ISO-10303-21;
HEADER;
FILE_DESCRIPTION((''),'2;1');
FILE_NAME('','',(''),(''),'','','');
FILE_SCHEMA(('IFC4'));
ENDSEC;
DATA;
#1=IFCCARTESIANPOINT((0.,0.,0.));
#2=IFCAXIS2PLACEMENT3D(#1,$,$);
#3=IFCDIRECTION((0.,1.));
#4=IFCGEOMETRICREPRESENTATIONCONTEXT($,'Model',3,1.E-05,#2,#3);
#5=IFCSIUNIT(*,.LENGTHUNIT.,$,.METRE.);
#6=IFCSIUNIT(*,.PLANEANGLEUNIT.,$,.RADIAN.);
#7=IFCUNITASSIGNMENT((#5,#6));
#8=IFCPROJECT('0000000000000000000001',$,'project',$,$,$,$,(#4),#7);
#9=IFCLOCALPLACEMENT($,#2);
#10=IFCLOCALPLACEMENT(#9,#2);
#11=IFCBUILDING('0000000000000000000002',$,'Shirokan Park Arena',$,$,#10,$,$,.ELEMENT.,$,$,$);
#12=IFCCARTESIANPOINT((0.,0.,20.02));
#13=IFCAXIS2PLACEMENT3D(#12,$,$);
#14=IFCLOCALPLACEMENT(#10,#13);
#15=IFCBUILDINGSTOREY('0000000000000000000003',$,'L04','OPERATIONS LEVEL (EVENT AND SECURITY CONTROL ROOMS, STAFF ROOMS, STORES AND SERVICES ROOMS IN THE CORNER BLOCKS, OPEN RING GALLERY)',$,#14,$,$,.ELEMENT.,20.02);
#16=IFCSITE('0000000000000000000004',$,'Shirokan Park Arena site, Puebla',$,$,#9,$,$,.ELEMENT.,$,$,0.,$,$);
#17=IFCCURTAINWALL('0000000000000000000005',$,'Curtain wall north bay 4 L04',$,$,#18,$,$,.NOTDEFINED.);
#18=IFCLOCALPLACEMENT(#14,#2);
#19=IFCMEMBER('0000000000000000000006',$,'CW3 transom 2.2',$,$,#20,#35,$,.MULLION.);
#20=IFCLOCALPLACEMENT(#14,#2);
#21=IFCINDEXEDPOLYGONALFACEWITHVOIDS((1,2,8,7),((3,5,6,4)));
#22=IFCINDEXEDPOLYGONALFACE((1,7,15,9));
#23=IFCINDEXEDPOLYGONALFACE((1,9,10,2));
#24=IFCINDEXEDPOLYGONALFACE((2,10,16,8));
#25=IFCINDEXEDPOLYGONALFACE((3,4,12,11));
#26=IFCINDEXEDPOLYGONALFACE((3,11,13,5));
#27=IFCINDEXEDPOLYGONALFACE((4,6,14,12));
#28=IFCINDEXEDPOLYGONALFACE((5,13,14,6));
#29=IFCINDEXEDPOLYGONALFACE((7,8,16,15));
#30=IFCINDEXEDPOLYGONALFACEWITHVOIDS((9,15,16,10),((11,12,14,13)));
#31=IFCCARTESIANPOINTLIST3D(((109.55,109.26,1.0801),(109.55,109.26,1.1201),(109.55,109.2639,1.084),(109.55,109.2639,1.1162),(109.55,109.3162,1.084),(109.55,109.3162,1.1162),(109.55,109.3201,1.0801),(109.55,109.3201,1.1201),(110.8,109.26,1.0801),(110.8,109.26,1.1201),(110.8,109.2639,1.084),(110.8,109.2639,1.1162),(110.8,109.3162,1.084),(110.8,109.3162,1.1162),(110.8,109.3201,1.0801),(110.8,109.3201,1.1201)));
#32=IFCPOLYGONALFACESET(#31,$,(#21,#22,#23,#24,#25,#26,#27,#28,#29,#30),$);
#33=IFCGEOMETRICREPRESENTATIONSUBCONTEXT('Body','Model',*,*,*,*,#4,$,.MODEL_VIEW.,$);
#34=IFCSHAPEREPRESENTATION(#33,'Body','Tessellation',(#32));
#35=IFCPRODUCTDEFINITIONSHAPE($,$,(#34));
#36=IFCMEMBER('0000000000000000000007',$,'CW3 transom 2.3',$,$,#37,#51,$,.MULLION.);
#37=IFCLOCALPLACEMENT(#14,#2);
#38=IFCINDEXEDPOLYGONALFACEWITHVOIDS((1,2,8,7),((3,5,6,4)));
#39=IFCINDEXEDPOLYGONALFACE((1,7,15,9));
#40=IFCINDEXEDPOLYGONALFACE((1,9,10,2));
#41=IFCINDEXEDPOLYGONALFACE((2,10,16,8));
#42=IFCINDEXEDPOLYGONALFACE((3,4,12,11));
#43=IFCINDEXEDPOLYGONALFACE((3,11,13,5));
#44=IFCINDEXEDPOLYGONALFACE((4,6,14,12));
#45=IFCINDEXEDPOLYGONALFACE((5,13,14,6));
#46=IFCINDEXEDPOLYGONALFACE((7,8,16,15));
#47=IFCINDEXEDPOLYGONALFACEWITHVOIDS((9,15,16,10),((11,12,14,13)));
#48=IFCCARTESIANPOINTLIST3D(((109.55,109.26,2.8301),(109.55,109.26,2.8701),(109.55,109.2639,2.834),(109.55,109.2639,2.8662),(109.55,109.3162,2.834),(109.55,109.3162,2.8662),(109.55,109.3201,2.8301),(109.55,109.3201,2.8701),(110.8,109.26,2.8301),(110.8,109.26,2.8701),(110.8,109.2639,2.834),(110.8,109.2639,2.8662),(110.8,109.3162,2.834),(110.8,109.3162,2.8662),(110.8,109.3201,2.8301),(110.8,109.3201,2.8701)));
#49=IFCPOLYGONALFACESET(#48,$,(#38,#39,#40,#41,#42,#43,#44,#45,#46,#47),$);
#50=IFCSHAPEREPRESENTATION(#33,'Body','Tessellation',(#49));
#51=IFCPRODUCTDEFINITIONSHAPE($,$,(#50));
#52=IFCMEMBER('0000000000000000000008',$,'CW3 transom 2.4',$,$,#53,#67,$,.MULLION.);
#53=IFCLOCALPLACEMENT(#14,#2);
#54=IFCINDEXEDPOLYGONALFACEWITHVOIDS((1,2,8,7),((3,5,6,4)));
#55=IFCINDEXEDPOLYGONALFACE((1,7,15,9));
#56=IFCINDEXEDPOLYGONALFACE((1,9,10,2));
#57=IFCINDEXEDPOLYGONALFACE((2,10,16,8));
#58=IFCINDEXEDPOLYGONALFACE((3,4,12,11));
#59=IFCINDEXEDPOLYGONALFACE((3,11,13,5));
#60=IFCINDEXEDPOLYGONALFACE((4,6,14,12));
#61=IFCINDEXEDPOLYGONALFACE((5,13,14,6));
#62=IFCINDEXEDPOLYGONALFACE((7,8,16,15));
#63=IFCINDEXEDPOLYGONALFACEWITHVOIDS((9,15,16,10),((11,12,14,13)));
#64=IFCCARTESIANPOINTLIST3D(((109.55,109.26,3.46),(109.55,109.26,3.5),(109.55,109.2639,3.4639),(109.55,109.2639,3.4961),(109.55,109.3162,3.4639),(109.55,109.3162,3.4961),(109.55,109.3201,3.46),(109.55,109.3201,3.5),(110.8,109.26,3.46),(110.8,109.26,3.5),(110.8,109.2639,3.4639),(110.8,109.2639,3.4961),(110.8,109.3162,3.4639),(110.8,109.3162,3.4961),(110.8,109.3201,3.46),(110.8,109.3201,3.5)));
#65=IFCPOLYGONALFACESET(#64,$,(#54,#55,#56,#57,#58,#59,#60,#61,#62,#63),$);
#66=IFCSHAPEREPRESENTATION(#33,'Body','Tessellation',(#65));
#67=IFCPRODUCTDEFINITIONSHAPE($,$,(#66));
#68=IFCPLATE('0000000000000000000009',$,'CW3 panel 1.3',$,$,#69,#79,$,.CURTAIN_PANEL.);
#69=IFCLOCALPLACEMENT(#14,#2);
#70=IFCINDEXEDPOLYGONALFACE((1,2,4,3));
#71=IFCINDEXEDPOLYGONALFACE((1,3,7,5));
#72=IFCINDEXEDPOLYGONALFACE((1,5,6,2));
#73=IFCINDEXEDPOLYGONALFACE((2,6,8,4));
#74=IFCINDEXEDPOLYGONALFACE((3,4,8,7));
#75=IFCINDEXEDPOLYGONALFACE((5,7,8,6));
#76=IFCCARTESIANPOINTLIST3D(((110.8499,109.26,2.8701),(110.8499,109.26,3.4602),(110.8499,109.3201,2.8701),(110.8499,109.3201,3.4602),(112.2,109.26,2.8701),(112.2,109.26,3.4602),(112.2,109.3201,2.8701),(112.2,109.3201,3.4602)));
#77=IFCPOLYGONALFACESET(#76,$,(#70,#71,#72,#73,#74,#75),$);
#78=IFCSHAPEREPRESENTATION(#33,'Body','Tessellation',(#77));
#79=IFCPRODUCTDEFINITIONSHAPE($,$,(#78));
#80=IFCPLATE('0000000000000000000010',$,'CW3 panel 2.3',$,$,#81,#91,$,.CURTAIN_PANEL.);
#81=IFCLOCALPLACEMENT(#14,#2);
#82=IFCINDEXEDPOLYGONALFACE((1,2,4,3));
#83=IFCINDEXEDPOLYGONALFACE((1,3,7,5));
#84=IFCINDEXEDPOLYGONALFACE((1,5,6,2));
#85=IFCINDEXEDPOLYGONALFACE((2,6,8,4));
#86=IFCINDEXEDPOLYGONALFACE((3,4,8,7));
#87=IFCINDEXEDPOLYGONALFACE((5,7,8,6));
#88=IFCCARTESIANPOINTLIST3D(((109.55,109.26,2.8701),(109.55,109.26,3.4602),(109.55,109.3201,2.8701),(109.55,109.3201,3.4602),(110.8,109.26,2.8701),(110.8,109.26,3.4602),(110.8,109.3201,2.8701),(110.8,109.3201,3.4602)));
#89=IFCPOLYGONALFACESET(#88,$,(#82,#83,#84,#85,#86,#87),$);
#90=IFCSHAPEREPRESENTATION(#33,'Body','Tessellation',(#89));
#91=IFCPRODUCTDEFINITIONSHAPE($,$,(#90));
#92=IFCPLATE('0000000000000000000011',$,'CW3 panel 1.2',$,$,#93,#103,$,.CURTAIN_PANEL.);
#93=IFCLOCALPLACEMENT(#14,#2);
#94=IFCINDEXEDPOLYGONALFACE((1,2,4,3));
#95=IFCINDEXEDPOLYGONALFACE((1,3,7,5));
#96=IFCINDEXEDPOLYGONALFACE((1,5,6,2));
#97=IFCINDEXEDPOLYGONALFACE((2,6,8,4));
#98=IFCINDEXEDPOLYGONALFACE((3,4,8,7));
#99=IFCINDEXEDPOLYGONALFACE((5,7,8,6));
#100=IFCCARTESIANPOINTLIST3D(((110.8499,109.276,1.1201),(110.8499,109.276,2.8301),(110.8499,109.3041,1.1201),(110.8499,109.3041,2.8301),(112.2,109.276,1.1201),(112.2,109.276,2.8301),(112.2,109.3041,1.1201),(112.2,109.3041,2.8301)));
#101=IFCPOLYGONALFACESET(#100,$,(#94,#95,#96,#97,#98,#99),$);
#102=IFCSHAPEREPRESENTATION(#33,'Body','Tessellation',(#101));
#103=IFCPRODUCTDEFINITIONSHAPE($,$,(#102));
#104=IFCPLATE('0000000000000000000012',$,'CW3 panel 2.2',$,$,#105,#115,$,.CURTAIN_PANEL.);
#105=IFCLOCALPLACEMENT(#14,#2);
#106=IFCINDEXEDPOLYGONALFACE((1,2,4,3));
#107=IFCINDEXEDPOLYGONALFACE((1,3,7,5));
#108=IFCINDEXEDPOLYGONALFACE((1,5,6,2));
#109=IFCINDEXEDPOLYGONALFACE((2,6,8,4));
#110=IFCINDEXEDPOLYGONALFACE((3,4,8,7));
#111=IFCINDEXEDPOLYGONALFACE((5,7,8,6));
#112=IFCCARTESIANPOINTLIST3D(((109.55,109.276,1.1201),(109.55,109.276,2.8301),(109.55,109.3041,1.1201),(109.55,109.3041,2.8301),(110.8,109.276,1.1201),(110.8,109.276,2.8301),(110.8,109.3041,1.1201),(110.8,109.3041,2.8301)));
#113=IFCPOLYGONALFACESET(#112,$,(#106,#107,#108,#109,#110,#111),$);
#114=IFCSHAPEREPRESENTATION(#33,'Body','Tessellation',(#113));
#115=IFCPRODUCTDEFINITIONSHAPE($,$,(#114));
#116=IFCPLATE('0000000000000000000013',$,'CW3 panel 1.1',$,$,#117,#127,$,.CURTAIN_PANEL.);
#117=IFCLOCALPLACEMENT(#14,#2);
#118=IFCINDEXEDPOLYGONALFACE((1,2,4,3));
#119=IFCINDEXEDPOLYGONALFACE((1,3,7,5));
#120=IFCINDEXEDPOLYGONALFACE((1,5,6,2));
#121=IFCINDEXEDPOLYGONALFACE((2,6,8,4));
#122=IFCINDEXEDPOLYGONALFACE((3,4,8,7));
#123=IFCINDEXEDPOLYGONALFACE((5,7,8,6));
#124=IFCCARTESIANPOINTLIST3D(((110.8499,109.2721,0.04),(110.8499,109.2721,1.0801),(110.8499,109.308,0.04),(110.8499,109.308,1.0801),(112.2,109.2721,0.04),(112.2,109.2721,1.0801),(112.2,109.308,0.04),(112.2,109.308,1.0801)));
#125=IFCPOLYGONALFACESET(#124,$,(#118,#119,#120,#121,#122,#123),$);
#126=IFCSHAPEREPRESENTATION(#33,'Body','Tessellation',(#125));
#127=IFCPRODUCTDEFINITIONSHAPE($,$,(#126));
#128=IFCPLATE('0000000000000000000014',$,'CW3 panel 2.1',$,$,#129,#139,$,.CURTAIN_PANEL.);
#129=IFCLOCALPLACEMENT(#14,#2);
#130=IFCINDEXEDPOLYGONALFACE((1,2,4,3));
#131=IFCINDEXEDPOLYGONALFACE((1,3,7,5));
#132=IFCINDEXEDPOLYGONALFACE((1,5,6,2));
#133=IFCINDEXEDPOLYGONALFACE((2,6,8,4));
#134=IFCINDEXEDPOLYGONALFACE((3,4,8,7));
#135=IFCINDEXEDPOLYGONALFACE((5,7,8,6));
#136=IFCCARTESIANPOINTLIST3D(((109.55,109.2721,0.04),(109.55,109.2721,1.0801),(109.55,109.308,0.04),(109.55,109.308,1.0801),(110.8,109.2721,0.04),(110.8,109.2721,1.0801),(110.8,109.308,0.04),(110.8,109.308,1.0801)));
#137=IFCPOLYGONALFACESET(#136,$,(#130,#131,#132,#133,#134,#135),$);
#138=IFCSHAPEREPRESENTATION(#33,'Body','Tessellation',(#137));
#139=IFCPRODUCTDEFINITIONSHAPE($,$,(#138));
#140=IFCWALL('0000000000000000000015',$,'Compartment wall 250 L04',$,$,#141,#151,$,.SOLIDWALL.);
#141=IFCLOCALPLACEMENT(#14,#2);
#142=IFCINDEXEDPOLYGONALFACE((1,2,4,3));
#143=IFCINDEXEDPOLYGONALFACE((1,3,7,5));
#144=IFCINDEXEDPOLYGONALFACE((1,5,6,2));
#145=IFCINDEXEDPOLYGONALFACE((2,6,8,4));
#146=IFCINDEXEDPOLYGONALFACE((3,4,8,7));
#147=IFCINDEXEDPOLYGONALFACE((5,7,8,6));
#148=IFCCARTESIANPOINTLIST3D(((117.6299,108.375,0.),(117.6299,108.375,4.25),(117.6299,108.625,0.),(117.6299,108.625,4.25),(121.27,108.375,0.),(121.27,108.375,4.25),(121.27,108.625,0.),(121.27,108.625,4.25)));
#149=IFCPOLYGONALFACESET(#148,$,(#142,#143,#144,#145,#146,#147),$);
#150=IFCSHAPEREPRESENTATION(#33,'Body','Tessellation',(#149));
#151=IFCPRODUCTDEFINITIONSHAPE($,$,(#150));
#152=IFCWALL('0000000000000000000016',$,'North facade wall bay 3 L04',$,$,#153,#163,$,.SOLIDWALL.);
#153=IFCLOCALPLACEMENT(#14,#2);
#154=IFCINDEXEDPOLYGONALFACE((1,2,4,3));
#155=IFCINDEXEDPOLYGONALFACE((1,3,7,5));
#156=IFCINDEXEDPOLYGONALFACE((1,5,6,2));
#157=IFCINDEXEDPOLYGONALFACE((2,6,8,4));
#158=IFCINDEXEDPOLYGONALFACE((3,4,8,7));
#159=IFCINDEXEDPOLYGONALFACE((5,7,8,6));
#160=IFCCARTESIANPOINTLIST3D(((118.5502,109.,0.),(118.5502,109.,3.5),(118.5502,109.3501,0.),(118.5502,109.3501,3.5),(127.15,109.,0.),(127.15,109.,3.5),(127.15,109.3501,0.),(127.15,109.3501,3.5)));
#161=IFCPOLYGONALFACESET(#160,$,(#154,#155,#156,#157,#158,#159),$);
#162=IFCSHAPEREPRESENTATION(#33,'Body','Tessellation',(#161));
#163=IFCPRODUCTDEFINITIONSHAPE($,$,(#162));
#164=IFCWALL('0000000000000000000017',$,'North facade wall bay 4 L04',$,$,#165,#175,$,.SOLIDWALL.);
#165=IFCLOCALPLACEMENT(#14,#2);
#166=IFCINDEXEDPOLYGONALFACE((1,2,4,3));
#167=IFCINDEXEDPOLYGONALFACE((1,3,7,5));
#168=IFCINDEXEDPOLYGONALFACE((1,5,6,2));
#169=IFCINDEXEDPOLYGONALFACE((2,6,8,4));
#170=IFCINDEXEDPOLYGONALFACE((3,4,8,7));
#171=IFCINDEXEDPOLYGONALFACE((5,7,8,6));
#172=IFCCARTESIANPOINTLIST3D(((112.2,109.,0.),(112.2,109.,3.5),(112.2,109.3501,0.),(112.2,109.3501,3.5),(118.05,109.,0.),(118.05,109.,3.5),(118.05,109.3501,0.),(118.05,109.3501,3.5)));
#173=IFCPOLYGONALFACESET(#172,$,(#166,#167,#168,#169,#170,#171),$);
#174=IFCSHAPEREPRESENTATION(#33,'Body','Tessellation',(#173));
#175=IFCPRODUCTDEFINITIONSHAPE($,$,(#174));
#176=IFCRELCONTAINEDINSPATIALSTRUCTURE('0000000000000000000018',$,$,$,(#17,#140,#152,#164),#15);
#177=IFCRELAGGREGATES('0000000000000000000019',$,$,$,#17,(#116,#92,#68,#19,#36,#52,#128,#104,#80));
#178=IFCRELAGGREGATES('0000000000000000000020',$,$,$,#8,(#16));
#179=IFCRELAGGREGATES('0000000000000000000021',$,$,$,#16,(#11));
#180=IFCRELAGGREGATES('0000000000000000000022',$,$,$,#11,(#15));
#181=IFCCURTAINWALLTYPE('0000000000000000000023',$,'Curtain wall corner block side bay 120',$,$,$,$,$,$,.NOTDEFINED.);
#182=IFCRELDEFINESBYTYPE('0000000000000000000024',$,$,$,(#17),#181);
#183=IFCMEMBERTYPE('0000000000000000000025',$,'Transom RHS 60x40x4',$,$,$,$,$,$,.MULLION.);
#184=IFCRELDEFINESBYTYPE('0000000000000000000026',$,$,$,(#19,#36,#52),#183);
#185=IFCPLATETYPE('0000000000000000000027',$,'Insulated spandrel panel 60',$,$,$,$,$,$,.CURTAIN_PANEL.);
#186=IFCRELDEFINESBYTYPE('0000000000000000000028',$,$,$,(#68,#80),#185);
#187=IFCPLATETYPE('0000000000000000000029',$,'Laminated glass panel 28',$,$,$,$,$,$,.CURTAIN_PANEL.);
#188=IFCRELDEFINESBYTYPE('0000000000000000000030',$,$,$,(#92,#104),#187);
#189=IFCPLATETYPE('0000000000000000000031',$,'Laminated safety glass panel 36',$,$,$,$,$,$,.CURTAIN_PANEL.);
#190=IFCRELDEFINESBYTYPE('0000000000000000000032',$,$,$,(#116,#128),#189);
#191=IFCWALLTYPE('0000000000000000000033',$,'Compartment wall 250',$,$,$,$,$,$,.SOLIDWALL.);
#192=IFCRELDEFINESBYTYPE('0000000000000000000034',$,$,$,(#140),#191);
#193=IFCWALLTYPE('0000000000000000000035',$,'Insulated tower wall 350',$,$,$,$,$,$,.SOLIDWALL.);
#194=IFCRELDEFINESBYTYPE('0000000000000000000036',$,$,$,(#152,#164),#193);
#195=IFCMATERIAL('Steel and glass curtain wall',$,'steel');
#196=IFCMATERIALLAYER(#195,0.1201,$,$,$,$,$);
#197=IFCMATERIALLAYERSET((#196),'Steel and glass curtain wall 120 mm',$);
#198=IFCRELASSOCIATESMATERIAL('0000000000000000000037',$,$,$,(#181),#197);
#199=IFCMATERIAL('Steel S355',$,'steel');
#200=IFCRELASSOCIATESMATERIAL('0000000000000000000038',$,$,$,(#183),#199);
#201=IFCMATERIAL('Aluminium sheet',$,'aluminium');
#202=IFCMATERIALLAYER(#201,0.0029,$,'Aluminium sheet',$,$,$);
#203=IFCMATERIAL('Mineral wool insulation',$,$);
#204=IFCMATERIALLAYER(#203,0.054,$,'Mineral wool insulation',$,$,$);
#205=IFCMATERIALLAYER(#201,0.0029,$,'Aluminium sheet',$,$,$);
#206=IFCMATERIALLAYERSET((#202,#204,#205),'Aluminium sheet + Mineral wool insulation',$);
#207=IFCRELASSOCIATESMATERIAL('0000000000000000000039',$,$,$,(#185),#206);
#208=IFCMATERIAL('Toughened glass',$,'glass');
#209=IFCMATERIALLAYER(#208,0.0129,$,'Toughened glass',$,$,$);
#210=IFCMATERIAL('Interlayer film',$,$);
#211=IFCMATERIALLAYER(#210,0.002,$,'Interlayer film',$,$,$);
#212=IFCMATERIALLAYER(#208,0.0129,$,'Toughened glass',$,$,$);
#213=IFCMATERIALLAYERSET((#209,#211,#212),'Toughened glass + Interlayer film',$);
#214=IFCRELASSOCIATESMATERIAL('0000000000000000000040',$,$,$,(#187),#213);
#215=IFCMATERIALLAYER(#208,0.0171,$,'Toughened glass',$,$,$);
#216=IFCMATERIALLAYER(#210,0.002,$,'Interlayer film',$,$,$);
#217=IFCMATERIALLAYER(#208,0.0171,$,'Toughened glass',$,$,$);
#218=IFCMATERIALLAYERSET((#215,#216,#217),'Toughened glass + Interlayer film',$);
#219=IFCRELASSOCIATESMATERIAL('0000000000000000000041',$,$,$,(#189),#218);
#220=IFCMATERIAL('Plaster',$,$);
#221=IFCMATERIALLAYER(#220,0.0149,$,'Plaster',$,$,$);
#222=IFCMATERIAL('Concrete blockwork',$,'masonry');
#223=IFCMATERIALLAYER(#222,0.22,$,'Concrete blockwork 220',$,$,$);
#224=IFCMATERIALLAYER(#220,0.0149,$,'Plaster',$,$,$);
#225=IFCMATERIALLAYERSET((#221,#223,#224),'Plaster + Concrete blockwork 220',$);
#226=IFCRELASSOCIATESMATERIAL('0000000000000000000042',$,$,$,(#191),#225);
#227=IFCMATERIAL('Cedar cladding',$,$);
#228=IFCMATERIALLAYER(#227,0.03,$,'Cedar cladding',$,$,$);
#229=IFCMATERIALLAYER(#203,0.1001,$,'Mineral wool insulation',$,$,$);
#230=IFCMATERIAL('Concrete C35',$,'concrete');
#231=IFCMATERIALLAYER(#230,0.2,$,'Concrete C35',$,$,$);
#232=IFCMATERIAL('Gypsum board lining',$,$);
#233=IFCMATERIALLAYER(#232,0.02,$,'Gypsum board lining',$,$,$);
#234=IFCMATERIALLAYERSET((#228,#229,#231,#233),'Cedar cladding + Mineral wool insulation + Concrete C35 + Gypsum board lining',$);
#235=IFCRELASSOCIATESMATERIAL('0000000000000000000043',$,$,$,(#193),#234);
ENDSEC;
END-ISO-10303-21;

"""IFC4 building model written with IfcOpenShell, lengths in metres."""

from ifc_helpers import new_model, si_unit, direction, frame, frame_2d, origin, origin_2d, place, context, subcontext, project, spatial, rectangle, hollow_rectangle, extrude, material, layer, layer_set, material_profile, profile_set, type_object, element, aggregate, save


model = new_model("IFC4")

# Units and contexts
model_context = context("Model", 3, precision=1e-05, world=origin(), true_north=direction((0.0, 1.0)))
body_context = subcontext(model_context, "Body", "Model", "MODEL_VIEW")
ifc_project = project(units=[si_unit("LENGTHUNIT", "METRE"), si_unit("PLANEANGLEUNIT", "RADIAN")], contexts=[model_context])

# Site, building, storey
site_placement = place(None, origin())
site = spatial("IfcSite", under=ifc_project, at=site_placement, Name="Shirokan Park Arena site, Puebla", CompositionType="ELEMENT", RefElevation=0.0)
building_placement = place(site_placement, origin())
building = spatial("IfcBuilding", under=site, at=building_placement, Name="Shirokan Park Arena", CompositionType="ELEMENT")
storey_placement = place(building_placement, frame((0.0, 0.0, 20.02)))
storey = spatial("IfcBuildingStorey", under=building, at=storey_placement, Name="L04", Description="OPERATIONS LEVEL (EVENT AND SECURITY CONTROL ROOMS, STAFF ROOMS, STORES AND SERVICES ROOMS IN THE CORNER BLOCKS, OPEN RING GALLERY)", CompositionType="ELEMENT", Elevation=20.02)

# Shared definitions
ifc_material_1 = material(Name="Concrete C35", Category="concrete")

# Curtain wall
ifc_material_2 = material(Name="Steel and glass curtain wall", Category="steel")
ifc_layer_1 = layer(ifc_material_2, 0.1201)
ifc_layer_set_1 = layer_set([ifc_layer_1], Name="Steel and glass curtain wall 120 mm")
curtain_wall_type = type_object("IfcCurtainWallType", Name="Curtain wall corner block side bay 120", PredefinedType="NOTDEFINED", material=ifc_layer_set_1)
curtain_wall_placement = place(storey_placement, origin())
curtain_wall = element("IfcCurtainWall", 1, at=curtain_wall_placement, inside=storey, type_object=curtain_wall_type, Name="Curtain wall north bay 4 L04", PredefinedType="NOTDEFINED")
ifc_material_3 = material(Name="Steel S355", Category="steel")

# Members
ifc_material_profile_1 = material_profile(ifc_material_3, hollow_rectangle(XDim=0.0601, YDim=0.04, WallThickness=0.0039, at=origin_2d()), Name="RHS 60x40x4")
ifc_profile_set_1 = profile_set([ifc_material_profile_1], Name="Steel S355")
member_type_1 = type_object("IfcMemberType", Name="Transom RHS 60x40x4", PredefinedType="MULLION", material=ifc_profile_set_1)
member_1_placement = place(storey_placement, frame((110.8, 109.29, 1.1001), z_axis=(-1.0, 0.0, 0.0), x_axis=(0.0, -1.0, 0.0)))
member_1 = element("IfcMember", 2, at=member_1_placement, type_object=member_type_1, Name="CW3 transom 2.2", PredefinedType="MULLION", context=body_context, shape_type="SweptSolid", body=[
    extrude(hollow_rectangle(XDim=0.0601, YDim=0.04, WallThickness=0.0039, at=origin_2d()), origin(), (0.0, 0.0, 1.0), 1.25),
])
member_2_placement = place(storey_placement, frame((110.8, 109.29, 2.8501), z_axis=(-1.0, 0.0, 0.0), x_axis=(0.0, -1.0, 0.0)))
member_2 = element("IfcMember", 3, at=member_2_placement, type_object=member_type_1, Name="CW3 transom 2.3", PredefinedType="MULLION", context=body_context, shape_type="SweptSolid", body=[
    extrude(hollow_rectangle(XDim=0.0601, YDim=0.04, WallThickness=0.0039, at=origin_2d()), origin(), (0.0, 0.0, 1.0), 1.25),
])
member_3_placement = place(storey_placement, frame((110.8, 109.29, 3.48), z_axis=(-1.0, 0.0, 0.0), x_axis=(0.0, -1.0, 0.0)))
member_3 = element("IfcMember", 4, at=member_3_placement, type_object=member_type_1, Name="CW3 transom 2.4", PredefinedType="MULLION", context=body_context, shape_type="SweptSolid", body=[
    extrude(hollow_rectangle(XDim=0.0601, YDim=0.04, WallThickness=0.0039, at=origin_2d()), origin(), (0.0, 0.0, 1.0), 1.25),
])

# Plates
ifc_material_4 = material(Name="Aluminium sheet", Category="aluminium")
ifc_layer_2 = layer(ifc_material_4, 0.0029, Name="Aluminium sheet")
ifc_material_5 = material(Name="Mineral wool insulation")
ifc_layer_3 = layer(ifc_material_5, 0.054, Name="Mineral wool insulation")
ifc_layer_4 = layer(ifc_material_4, 0.0029, Name="Aluminium sheet")
ifc_layer_set_2 = layer_set([ifc_layer_2, ifc_layer_3, ifc_layer_4], Name="Aluminium sheet + Mineral wool insulation")
plate_type_1 = type_object("IfcPlateType", Name="Insulated spandrel panel 60", PredefinedType="CURTAIN_PANEL", material=ifc_layer_set_2)
plate_1_placement = place(storey_placement, frame((111.5249, 109.29, 2.8701), z_axis=(0.0, 0.0, 1.0), x_axis=(-1.0, 0.0, 0.0)))
plate_1 = element("IfcPlate", 5, at=plate_1_placement, type_object=plate_type_1, Name="CW3 panel 1.3", PredefinedType="CURTAIN_PANEL", context=body_context, shape_type="SweptSolid", body=[
    extrude(rectangle(XDim=1.3501, YDim=0.0601, at=origin_2d()), origin(), (0.0, 0.0, 1.0), 0.5901),
])
plate_2_placement = place(storey_placement, frame((110.175, 109.29, 2.8701), z_axis=(0.0, 0.0, 1.0), x_axis=(-1.0, 0.0, 0.0)))
plate_2 = element("IfcPlate", 6, at=plate_2_placement, type_object=plate_type_1, Name="CW3 panel 2.3", PredefinedType="CURTAIN_PANEL", context=body_context, shape_type="SweptSolid", body=[
    extrude(rectangle(XDim=1.25, YDim=0.0601, at=origin_2d()), origin(), (0.0, 0.0, 1.0), 0.5901),
])
ifc_material_6 = material(Name="Toughened glass", Category="glass")
ifc_layer_5 = layer(ifc_material_6, 0.0129, Name="Toughened glass")
ifc_material_7 = material(Name="Interlayer film")
ifc_layer_6 = layer(ifc_material_7, 0.002, Name="Interlayer film")
ifc_layer_7 = layer(ifc_material_6, 0.0129, Name="Toughened glass")
ifc_layer_set_3 = layer_set([ifc_layer_5, ifc_layer_6, ifc_layer_7], Name="Toughened glass + Interlayer film")
plate_type_2 = type_object("IfcPlateType", Name="Laminated glass panel 28", PredefinedType="CURTAIN_PANEL", material=ifc_layer_set_3)
plate_3_placement = place(storey_placement, frame((111.5249, 109.29, 1.1201), z_axis=(0.0, 0.0, 1.0), x_axis=(-1.0, 0.0, 0.0)))
plate_3 = element("IfcPlate", 7, at=plate_3_placement, type_object=plate_type_2, Name="CW3 panel 1.2", PredefinedType="CURTAIN_PANEL", context=body_context, shape_type="SweptSolid", body=[
    extrude(rectangle(XDim=1.3501, YDim=0.0281, at=origin_2d()), origin(), (0.0, 0.0, 1.0), 1.71),
])
plate_4_placement = place(storey_placement, frame((110.175, 109.29, 1.1201), z_axis=(0.0, 0.0, 1.0), x_axis=(-1.0, 0.0, 0.0)))
plate_4 = element("IfcPlate", 8, at=plate_4_placement, type_object=plate_type_2, Name="CW3 panel 2.2", PredefinedType="CURTAIN_PANEL", context=body_context, shape_type="SweptSolid", body=[
    extrude(rectangle(XDim=1.25, YDim=0.0281, at=origin_2d()), origin(), (0.0, 0.0, 1.0), 1.71),
])
ifc_layer_8 = layer(ifc_material_6, 0.0171, Name="Toughened glass")
ifc_layer_9 = layer(ifc_material_7, 0.002, Name="Interlayer film")
ifc_layer_10 = layer(ifc_material_6, 0.0171, Name="Toughened glass")
ifc_layer_set_4 = layer_set([ifc_layer_8, ifc_layer_9, ifc_layer_10], Name="Toughened glass + Interlayer film")
plate_type_3 = type_object("IfcPlateType", Name="Laminated safety glass panel 36", PredefinedType="CURTAIN_PANEL", material=ifc_layer_set_4)
plate_5_placement = place(storey_placement, frame((111.5249, 109.29, 0.04), z_axis=(0.0, 0.0, 1.0), x_axis=(-1.0, 0.0, 0.0)))
plate_5 = element("IfcPlate", 9, at=plate_5_placement, type_object=plate_type_3, Name="CW3 panel 1.1", PredefinedType="CURTAIN_PANEL", context=body_context, shape_type="SweptSolid", body=[
    extrude(rectangle(XDim=1.3501, YDim=0.0359, at=origin_2d()), origin(), (0.0, 0.0, 1.0), 1.04),
])
plate_6_placement = place(storey_placement, frame((110.175, 109.29, 0.04), z_axis=(0.0, 0.0, 1.0), x_axis=(-1.0, 0.0, 0.0)))
plate_6 = element("IfcPlate", 10, at=plate_6_placement, type_object=plate_type_3, Name="CW3 panel 2.1", PredefinedType="CURTAIN_PANEL", context=body_context, shape_type="SweptSolid", body=[
    extrude(rectangle(XDim=1.25, YDim=0.0359, at=origin_2d()), origin(), (0.0, 0.0, 1.0), 1.04),
])
aggregate(curtain_wall, [plate_5, plate_3, plate_1, member_1, member_2, member_3, plate_6, plate_4, plate_2])

# Walls
ifc_material_8 = material(Name="Plaster")
ifc_layer_11 = layer(ifc_material_8, 0.0149, Name="Plaster")
ifc_material_9 = material(Name="Concrete blockwork", Category="masonry")
ifc_layer_12 = layer(ifc_material_9, 0.22, Name="Concrete blockwork 220")
ifc_layer_13 = layer(ifc_material_8, 0.0149, Name="Plaster")
ifc_layer_set_5 = layer_set([ifc_layer_11, ifc_layer_12, ifc_layer_13], Name="Plaster + Concrete blockwork 220")
wall_type_1 = type_object("IfcWallType", Name="Compartment wall 250", PredefinedType="SOLIDWALL", material=ifc_layer_set_5)
wall_1_placement = place(storey_placement, frame((117.6299, 108.5, 0.0), z_axis=(0.0, 0.0, 1.0), x_axis=(1.0, 0.0, 0.0)))
element("IfcWall", 11, at=wall_1_placement, inside=storey, type_object=wall_type_1, Name="Compartment wall 250 L04", PredefinedType="SOLIDWALL", context=body_context, shape_type="SweptSolid", body=[
    extrude(rectangle(XDim=3.6401, YDim=0.25, at=frame_2d((1.8201, 0.0))), origin(), (0.0, 0.0, 1.0), 4.25),
])
ifc_material_10 = material(Name="Cedar cladding")
ifc_layer_14 = layer(ifc_material_10, 0.03, Name="Cedar cladding")
ifc_layer_15 = layer(ifc_material_5, 0.1001, Name="Mineral wool insulation")
ifc_layer_16 = layer(ifc_material_1, 0.2, Name="Concrete C35")
ifc_material_11 = material(Name="Gypsum board lining")
ifc_layer_17 = layer(ifc_material_11, 0.02, Name="Gypsum board lining")
ifc_layer_set_6 = layer_set([ifc_layer_14, ifc_layer_15, ifc_layer_16, ifc_layer_17], Name="Cedar cladding + Mineral wool insulation + Concrete C35 + Gypsum board lining")
wall_type_2 = type_object("IfcWallType", Name="Insulated tower wall 350", PredefinedType="SOLIDWALL", material=ifc_layer_set_6)
wall_2_placement = place(storey_placement, frame((127.1499, 109.175, 0.0), z_axis=(0.0, 0.0, 1.0), x_axis=(-1.0, 0.0, 0.0)))
element("IfcWall", 12, at=wall_2_placement, inside=storey, type_object=wall_type_2, Name="North facade wall bay 3 L04", PredefinedType="SOLIDWALL", context=body_context, shape_type="SweptSolid", body=[
    extrude(rectangle(XDim=8.5999, YDim=0.3501, at=frame_2d((4.2998, 0.0))), origin(), (0.0, 0.0, 1.0), 3.5),
])
wall_3_placement = place(storey_placement, frame((118.05, 109.175, 0.0), z_axis=(0.0, 0.0, 1.0), x_axis=(-1.0, 0.0, 0.0)))
element("IfcWall", 13, at=wall_3_placement, inside=storey, type_object=wall_type_2, Name="North facade wall bay 4 L04", PredefinedType="SOLIDWALL", context=body_context, shape_type="SweptSolid", body=[
    extrude(rectangle(XDim=5.8501, YDim=0.3501, at=frame_2d((2.925, 0.0))), origin(), (0.0, 0.0, 1.0), 3.5),
])

save(model, "model.ifc")
